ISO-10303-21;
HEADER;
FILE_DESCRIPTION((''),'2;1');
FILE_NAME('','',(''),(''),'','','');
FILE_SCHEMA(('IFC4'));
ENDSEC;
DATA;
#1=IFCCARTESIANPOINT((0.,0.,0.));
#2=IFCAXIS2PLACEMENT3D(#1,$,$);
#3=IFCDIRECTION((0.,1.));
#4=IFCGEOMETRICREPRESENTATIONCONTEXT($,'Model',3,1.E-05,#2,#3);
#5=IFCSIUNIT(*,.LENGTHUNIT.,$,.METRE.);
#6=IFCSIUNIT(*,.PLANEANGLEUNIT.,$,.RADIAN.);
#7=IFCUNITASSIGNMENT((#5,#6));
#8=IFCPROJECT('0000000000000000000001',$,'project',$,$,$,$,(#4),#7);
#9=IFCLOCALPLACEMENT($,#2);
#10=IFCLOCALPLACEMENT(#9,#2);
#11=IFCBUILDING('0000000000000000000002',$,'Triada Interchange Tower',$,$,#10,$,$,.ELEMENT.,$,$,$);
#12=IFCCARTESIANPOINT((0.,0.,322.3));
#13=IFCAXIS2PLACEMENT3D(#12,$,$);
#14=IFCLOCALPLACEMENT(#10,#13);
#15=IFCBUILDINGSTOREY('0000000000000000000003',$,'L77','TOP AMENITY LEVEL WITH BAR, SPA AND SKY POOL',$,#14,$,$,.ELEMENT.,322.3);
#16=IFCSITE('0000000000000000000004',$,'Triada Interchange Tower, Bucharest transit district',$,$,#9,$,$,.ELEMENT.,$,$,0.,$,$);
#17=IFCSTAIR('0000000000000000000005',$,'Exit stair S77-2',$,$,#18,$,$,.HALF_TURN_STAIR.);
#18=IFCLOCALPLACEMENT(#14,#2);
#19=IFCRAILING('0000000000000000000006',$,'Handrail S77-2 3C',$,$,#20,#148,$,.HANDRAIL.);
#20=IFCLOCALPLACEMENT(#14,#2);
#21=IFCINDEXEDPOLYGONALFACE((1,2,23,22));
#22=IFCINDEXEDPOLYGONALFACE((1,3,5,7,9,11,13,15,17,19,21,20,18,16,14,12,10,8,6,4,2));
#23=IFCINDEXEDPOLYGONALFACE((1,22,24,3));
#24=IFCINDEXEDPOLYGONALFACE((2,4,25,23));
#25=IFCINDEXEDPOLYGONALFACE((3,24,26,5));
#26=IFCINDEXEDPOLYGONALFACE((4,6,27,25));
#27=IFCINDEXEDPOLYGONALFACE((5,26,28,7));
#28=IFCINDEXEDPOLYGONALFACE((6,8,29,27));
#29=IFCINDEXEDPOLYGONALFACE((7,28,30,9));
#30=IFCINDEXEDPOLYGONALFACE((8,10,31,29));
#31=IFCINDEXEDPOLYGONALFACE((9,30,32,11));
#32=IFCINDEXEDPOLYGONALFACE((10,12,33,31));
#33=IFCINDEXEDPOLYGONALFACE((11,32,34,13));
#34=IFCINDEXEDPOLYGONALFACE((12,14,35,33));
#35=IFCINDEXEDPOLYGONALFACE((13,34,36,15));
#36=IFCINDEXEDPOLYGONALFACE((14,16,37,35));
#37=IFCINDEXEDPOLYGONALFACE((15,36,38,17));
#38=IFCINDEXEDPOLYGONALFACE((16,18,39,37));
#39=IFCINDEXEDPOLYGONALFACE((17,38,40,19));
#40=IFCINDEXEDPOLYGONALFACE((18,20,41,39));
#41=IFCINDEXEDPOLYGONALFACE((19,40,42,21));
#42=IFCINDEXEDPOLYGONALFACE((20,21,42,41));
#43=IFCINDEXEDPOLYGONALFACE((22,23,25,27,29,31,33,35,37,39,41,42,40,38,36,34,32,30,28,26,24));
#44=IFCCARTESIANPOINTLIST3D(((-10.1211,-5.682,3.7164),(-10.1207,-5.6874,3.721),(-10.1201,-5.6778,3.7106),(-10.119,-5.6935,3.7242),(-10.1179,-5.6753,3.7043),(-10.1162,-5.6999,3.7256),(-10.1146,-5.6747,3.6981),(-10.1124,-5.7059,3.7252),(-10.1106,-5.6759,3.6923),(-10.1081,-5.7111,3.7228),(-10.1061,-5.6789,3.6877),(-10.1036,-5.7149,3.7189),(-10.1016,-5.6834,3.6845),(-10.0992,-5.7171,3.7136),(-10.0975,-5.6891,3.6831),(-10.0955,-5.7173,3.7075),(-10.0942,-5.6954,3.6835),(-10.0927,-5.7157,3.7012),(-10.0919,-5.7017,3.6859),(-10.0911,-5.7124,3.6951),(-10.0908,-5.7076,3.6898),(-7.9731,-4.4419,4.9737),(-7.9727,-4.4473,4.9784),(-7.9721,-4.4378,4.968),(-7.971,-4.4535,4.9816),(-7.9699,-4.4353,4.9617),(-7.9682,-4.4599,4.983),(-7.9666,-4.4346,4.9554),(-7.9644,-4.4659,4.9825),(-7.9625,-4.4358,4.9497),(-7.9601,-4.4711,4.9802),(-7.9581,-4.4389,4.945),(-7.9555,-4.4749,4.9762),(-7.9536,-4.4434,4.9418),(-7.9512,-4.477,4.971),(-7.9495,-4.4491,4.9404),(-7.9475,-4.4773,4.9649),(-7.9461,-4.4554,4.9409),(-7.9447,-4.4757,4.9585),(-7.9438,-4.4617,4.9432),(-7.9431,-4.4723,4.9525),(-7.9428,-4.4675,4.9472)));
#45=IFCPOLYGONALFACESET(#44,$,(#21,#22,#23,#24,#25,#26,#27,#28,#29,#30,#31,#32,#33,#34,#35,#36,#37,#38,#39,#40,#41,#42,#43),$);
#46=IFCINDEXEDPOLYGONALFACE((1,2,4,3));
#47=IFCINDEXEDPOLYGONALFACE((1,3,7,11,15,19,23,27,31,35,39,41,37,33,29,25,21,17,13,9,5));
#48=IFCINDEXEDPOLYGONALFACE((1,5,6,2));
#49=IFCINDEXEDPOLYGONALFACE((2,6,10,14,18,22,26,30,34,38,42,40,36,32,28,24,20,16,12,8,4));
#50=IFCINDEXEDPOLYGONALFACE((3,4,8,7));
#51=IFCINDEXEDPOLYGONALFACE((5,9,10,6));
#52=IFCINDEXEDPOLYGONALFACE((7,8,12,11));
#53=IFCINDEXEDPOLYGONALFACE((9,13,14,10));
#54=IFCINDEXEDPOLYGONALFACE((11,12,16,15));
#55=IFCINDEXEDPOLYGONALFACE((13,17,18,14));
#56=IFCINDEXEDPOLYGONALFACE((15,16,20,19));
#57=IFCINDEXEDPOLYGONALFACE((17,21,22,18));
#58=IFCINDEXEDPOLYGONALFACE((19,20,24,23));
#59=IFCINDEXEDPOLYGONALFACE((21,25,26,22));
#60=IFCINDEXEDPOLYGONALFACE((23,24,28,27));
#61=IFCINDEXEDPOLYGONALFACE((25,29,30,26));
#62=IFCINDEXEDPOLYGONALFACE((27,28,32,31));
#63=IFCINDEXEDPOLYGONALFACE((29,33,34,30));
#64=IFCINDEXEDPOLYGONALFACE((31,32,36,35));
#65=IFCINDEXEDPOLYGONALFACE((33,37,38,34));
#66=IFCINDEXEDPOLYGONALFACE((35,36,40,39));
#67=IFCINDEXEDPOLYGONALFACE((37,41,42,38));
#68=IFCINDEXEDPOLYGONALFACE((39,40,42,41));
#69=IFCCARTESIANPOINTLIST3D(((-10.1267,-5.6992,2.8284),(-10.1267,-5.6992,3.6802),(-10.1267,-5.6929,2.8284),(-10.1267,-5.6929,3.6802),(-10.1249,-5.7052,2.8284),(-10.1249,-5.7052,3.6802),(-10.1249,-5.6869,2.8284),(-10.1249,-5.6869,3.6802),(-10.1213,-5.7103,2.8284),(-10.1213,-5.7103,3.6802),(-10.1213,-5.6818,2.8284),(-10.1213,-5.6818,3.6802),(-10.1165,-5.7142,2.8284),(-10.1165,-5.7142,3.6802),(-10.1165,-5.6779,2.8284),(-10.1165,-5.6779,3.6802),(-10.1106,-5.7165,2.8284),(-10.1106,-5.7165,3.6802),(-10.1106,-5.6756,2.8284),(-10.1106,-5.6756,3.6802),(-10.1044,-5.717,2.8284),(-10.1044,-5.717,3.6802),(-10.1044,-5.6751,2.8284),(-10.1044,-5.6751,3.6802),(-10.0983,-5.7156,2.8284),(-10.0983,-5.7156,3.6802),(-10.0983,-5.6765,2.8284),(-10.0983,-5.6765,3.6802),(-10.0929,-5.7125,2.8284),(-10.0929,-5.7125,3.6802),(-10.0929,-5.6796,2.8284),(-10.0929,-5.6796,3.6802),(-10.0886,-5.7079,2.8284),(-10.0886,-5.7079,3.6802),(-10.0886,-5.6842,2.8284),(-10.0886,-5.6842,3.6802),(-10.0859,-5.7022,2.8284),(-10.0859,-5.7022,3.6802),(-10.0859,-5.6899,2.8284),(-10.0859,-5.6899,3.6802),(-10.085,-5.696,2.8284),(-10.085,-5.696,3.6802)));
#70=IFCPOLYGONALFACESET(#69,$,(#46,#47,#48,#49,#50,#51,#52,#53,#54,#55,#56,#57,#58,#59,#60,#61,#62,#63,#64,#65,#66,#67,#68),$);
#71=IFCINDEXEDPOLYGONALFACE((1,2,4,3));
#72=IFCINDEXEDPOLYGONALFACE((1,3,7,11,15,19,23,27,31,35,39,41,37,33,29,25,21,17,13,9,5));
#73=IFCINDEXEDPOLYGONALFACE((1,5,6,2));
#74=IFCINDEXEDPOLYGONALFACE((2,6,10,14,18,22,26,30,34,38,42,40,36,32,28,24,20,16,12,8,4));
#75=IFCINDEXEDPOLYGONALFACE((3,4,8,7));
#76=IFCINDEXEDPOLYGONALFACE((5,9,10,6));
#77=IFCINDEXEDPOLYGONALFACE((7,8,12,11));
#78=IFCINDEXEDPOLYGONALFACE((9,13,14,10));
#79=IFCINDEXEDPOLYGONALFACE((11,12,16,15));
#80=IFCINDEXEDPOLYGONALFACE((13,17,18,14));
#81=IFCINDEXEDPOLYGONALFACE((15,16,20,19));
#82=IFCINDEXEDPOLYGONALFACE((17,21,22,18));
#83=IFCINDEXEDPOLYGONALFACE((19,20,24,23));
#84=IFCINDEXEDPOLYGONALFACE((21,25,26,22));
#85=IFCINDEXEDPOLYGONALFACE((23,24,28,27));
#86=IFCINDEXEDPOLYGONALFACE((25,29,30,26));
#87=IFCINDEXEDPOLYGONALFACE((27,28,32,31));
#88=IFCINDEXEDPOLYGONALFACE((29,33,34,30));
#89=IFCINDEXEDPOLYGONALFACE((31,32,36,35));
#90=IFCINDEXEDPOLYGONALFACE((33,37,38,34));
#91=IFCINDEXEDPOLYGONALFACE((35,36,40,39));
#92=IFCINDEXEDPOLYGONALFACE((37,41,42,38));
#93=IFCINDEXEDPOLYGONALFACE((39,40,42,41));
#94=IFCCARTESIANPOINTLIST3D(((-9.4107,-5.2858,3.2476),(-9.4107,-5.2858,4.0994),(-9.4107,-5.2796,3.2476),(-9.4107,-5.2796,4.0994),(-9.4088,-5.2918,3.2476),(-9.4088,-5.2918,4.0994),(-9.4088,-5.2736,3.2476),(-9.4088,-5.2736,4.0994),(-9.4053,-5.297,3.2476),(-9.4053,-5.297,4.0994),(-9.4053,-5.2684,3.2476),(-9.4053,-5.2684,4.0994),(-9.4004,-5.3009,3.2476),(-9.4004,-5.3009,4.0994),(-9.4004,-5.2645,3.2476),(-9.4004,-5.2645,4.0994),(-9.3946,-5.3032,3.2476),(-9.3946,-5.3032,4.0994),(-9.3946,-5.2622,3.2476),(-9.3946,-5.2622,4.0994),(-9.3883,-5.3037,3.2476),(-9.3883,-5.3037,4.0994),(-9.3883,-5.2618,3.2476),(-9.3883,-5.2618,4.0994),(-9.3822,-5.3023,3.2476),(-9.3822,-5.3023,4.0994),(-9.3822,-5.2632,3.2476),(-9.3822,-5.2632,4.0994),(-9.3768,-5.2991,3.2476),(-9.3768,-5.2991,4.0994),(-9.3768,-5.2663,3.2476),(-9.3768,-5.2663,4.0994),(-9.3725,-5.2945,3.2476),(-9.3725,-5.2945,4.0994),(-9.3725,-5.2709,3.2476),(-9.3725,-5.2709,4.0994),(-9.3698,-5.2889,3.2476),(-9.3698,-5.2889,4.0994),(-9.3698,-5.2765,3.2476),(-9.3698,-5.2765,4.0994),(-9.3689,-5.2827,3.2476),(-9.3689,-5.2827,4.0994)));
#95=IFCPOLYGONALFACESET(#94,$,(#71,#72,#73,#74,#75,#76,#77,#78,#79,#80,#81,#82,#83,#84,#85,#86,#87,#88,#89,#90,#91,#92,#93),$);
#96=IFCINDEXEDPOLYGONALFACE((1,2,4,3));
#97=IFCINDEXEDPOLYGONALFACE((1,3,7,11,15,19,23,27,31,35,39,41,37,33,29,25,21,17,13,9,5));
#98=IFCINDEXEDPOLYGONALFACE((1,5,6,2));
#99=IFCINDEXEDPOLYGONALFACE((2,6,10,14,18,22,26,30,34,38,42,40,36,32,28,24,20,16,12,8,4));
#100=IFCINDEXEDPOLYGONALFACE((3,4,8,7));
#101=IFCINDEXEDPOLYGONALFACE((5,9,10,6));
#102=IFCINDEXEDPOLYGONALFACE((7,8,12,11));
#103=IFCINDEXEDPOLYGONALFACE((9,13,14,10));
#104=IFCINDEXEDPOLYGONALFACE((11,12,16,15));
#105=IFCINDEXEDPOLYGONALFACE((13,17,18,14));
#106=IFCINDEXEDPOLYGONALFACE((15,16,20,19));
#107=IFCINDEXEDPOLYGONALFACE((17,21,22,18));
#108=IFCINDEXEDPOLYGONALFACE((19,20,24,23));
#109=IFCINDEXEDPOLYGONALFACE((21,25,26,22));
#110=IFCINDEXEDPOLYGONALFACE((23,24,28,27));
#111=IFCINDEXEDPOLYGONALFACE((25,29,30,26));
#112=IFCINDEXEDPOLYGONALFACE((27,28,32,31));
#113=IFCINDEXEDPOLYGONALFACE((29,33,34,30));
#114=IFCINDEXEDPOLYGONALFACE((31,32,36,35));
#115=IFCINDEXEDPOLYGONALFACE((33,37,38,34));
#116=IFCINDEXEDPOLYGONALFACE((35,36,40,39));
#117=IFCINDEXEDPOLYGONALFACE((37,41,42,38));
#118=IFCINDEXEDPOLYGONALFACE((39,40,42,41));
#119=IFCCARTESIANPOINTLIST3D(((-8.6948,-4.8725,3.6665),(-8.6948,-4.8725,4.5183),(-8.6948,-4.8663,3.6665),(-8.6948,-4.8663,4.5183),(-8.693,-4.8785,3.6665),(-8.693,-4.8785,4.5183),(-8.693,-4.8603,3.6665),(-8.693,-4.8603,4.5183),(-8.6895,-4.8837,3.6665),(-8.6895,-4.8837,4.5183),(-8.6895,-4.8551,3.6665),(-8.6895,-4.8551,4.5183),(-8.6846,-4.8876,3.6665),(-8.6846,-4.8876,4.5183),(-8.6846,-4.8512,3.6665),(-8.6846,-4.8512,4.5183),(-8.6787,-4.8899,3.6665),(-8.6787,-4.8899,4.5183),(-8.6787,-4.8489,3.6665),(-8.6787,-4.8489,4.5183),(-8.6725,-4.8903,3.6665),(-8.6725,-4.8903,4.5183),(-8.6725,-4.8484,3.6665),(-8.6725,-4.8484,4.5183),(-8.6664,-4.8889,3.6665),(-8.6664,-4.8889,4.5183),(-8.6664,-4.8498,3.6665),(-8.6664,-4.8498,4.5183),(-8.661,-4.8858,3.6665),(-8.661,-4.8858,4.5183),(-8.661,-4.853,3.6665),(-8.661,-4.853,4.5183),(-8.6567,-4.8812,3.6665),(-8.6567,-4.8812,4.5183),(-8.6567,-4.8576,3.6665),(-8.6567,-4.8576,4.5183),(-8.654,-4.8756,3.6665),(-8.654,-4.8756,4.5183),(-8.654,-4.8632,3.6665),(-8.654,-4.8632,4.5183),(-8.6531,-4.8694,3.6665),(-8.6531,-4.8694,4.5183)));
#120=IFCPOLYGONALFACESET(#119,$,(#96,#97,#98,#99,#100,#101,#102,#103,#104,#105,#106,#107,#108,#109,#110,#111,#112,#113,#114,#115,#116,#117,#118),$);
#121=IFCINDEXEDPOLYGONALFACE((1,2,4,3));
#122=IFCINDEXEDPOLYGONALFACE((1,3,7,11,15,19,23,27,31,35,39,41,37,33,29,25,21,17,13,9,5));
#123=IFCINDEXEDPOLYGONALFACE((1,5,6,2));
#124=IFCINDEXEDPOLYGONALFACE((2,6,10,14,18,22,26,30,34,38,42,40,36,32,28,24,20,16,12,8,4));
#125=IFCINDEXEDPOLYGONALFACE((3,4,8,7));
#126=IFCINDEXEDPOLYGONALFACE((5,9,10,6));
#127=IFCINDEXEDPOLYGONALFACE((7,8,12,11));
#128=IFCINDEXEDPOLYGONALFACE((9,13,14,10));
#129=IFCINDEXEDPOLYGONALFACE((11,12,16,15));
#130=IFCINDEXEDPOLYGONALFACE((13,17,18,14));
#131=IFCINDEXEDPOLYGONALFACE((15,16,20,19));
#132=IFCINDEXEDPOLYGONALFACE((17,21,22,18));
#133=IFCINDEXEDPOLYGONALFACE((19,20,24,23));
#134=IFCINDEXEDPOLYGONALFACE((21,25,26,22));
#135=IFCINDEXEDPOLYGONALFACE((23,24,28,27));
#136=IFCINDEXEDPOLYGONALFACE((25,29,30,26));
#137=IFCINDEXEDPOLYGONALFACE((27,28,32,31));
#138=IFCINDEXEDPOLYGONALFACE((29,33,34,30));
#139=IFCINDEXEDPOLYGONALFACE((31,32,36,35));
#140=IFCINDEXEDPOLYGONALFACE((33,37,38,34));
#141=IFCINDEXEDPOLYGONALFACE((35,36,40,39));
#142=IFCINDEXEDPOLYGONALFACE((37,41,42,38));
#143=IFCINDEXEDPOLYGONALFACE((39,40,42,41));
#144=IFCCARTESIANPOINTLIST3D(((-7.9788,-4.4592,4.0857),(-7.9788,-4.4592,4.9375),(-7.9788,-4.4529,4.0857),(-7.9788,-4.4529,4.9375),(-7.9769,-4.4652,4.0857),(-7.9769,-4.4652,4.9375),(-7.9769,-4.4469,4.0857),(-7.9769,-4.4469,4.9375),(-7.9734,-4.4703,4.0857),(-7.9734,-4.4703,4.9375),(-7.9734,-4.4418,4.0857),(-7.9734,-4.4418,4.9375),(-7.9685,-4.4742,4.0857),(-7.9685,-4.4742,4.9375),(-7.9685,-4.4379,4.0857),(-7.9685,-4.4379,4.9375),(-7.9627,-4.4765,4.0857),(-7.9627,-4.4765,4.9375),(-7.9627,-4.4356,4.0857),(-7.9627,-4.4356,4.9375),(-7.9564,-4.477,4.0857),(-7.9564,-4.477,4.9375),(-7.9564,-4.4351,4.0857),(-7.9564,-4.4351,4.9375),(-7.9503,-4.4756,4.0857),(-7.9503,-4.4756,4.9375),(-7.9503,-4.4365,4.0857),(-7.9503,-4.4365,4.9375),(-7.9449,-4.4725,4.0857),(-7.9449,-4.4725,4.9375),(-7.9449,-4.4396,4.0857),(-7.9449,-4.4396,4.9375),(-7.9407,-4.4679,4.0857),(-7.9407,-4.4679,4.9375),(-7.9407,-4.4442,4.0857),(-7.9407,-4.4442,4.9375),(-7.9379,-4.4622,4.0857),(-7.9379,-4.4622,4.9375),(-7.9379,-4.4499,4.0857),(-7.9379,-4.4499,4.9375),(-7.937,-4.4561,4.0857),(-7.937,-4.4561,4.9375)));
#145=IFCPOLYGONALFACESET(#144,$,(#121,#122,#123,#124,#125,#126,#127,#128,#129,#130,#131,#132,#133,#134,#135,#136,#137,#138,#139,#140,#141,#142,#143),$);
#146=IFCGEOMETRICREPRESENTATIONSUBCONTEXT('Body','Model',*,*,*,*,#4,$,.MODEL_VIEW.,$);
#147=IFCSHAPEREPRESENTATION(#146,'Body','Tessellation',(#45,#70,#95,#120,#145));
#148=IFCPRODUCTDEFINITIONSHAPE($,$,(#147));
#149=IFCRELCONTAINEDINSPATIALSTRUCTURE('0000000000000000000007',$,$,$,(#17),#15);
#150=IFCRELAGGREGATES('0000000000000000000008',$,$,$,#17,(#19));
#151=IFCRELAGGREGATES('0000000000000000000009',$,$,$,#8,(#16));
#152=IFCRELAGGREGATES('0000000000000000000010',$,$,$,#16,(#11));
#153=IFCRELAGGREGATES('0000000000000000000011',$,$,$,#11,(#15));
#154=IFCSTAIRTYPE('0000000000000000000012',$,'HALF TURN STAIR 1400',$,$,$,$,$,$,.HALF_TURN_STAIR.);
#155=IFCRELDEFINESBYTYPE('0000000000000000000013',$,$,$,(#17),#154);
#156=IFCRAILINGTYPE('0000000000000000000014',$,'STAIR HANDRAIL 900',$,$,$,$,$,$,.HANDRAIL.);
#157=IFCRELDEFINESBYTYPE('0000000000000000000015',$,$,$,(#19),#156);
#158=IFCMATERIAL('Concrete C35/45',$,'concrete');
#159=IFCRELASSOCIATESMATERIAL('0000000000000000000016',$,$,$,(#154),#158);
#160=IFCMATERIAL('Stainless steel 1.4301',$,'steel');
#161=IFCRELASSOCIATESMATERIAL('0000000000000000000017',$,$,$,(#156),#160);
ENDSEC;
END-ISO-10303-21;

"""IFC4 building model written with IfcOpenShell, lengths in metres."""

from ifc_helpers import new_model, si_unit, direction, frame, origin, origin_2d, place, context, subcontext, project, spatial, circle, extrude, material, type_object, element, aggregate, save


model = new_model("IFC4")

# Units and contexts
model_context = context("Model", 3, precision=1e-05, world=origin(), true_north=direction((0.0, 1.0)))
body_context = subcontext(model_context, "Body", "Model", "MODEL_VIEW")
ifc_project = project(units=[si_unit("LENGTHUNIT", "METRE"), si_unit("PLANEANGLEUNIT", "RADIAN")], contexts=[model_context])

# Site, building, storey
site_placement = place(None, origin())
site = spatial("IfcSite", under=ifc_project, at=site_placement, Name="Triada Interchange Tower, Bucharest transit district", CompositionType="ELEMENT", RefElevation=0.0)
building_placement = place(site_placement, origin())
building = spatial("IfcBuilding", under=site, at=building_placement, Name="Triada Interchange Tower", CompositionType="ELEMENT")
storey_placement = place(building_placement, frame((0.0, 0.0, 322.3)))
storey = spatial("IfcBuildingStorey", under=building, at=storey_placement, Name="L77", Description="TOP AMENITY LEVEL WITH BAR, SPA AND SKY POOL", CompositionType="ELEMENT", Elevation=322.3)

# Shared definitions
ifc_material_1 = material(Name="Concrete C35/45", Category="concrete")

# Stair, railing
stair_type = type_object("IfcStairType", Name="HALF TURN STAIR 1400", PredefinedType="HALF_TURN_STAIR", material=ifc_material_1)
stair_placement = place(storey_placement, origin())
stair = element("IfcStair", 1, at=stair_placement, inside=storey, type_object=stair_type, Name="Exit stair S77-2", PredefinedType="HALF_TURN_STAIR")
ifc_material_2 = material(Name="Stainless steel 1.4301", Category="steel")
railing_type_1 = type_object("IfcRailingType", Name="STAIR HANDRAIL 900", PredefinedType="HANDRAIL", material=ifc_material_2)
railing_1_placement = place(storey_placement, frame((-10.106, -5.696, 2.8284)))
railing_1 = element("IfcRailing", 2, at=railing_1_placement, type_object=railing_type_1, Name="Handrail S77-2 3C", PredefinedType="HANDRAIL", context=body_context, shape_type="SweptSolid", body=[
    extrude(circle(Radius=0.0239, at=origin_2d()), frame((0.0, 0.0, 0.876), z_axis=(0.772457, 0.445932, 0.452166), x_axis=(-0.499961, 0.866048, 0.0)), (0.0, 0.0, 1.0), 2.7808),
    extrude(circle(Radius=0.021, at=origin_2d()), origin(), (0.0, 0.0, 1.0), 0.8518),
    extrude(circle(Radius=0.021, at=origin_2d()), frame((0.7161, 0.4133, 0.4192)), (0.0, 0.0, 1.0), 0.8518),
    extrude(circle(Radius=0.021, at=origin_2d()), frame((1.4319, 0.8267, 0.8381)), (0.0, 0.0, 1.0), 0.8518),
    extrude(circle(Radius=0.021, at=origin_2d()), frame((2.1479, 1.24, 1.2573)), (0.0, 0.0, 1.0), 0.8518),
])
aggregate(stair, [railing_1])

save(model, "model.ifc")
